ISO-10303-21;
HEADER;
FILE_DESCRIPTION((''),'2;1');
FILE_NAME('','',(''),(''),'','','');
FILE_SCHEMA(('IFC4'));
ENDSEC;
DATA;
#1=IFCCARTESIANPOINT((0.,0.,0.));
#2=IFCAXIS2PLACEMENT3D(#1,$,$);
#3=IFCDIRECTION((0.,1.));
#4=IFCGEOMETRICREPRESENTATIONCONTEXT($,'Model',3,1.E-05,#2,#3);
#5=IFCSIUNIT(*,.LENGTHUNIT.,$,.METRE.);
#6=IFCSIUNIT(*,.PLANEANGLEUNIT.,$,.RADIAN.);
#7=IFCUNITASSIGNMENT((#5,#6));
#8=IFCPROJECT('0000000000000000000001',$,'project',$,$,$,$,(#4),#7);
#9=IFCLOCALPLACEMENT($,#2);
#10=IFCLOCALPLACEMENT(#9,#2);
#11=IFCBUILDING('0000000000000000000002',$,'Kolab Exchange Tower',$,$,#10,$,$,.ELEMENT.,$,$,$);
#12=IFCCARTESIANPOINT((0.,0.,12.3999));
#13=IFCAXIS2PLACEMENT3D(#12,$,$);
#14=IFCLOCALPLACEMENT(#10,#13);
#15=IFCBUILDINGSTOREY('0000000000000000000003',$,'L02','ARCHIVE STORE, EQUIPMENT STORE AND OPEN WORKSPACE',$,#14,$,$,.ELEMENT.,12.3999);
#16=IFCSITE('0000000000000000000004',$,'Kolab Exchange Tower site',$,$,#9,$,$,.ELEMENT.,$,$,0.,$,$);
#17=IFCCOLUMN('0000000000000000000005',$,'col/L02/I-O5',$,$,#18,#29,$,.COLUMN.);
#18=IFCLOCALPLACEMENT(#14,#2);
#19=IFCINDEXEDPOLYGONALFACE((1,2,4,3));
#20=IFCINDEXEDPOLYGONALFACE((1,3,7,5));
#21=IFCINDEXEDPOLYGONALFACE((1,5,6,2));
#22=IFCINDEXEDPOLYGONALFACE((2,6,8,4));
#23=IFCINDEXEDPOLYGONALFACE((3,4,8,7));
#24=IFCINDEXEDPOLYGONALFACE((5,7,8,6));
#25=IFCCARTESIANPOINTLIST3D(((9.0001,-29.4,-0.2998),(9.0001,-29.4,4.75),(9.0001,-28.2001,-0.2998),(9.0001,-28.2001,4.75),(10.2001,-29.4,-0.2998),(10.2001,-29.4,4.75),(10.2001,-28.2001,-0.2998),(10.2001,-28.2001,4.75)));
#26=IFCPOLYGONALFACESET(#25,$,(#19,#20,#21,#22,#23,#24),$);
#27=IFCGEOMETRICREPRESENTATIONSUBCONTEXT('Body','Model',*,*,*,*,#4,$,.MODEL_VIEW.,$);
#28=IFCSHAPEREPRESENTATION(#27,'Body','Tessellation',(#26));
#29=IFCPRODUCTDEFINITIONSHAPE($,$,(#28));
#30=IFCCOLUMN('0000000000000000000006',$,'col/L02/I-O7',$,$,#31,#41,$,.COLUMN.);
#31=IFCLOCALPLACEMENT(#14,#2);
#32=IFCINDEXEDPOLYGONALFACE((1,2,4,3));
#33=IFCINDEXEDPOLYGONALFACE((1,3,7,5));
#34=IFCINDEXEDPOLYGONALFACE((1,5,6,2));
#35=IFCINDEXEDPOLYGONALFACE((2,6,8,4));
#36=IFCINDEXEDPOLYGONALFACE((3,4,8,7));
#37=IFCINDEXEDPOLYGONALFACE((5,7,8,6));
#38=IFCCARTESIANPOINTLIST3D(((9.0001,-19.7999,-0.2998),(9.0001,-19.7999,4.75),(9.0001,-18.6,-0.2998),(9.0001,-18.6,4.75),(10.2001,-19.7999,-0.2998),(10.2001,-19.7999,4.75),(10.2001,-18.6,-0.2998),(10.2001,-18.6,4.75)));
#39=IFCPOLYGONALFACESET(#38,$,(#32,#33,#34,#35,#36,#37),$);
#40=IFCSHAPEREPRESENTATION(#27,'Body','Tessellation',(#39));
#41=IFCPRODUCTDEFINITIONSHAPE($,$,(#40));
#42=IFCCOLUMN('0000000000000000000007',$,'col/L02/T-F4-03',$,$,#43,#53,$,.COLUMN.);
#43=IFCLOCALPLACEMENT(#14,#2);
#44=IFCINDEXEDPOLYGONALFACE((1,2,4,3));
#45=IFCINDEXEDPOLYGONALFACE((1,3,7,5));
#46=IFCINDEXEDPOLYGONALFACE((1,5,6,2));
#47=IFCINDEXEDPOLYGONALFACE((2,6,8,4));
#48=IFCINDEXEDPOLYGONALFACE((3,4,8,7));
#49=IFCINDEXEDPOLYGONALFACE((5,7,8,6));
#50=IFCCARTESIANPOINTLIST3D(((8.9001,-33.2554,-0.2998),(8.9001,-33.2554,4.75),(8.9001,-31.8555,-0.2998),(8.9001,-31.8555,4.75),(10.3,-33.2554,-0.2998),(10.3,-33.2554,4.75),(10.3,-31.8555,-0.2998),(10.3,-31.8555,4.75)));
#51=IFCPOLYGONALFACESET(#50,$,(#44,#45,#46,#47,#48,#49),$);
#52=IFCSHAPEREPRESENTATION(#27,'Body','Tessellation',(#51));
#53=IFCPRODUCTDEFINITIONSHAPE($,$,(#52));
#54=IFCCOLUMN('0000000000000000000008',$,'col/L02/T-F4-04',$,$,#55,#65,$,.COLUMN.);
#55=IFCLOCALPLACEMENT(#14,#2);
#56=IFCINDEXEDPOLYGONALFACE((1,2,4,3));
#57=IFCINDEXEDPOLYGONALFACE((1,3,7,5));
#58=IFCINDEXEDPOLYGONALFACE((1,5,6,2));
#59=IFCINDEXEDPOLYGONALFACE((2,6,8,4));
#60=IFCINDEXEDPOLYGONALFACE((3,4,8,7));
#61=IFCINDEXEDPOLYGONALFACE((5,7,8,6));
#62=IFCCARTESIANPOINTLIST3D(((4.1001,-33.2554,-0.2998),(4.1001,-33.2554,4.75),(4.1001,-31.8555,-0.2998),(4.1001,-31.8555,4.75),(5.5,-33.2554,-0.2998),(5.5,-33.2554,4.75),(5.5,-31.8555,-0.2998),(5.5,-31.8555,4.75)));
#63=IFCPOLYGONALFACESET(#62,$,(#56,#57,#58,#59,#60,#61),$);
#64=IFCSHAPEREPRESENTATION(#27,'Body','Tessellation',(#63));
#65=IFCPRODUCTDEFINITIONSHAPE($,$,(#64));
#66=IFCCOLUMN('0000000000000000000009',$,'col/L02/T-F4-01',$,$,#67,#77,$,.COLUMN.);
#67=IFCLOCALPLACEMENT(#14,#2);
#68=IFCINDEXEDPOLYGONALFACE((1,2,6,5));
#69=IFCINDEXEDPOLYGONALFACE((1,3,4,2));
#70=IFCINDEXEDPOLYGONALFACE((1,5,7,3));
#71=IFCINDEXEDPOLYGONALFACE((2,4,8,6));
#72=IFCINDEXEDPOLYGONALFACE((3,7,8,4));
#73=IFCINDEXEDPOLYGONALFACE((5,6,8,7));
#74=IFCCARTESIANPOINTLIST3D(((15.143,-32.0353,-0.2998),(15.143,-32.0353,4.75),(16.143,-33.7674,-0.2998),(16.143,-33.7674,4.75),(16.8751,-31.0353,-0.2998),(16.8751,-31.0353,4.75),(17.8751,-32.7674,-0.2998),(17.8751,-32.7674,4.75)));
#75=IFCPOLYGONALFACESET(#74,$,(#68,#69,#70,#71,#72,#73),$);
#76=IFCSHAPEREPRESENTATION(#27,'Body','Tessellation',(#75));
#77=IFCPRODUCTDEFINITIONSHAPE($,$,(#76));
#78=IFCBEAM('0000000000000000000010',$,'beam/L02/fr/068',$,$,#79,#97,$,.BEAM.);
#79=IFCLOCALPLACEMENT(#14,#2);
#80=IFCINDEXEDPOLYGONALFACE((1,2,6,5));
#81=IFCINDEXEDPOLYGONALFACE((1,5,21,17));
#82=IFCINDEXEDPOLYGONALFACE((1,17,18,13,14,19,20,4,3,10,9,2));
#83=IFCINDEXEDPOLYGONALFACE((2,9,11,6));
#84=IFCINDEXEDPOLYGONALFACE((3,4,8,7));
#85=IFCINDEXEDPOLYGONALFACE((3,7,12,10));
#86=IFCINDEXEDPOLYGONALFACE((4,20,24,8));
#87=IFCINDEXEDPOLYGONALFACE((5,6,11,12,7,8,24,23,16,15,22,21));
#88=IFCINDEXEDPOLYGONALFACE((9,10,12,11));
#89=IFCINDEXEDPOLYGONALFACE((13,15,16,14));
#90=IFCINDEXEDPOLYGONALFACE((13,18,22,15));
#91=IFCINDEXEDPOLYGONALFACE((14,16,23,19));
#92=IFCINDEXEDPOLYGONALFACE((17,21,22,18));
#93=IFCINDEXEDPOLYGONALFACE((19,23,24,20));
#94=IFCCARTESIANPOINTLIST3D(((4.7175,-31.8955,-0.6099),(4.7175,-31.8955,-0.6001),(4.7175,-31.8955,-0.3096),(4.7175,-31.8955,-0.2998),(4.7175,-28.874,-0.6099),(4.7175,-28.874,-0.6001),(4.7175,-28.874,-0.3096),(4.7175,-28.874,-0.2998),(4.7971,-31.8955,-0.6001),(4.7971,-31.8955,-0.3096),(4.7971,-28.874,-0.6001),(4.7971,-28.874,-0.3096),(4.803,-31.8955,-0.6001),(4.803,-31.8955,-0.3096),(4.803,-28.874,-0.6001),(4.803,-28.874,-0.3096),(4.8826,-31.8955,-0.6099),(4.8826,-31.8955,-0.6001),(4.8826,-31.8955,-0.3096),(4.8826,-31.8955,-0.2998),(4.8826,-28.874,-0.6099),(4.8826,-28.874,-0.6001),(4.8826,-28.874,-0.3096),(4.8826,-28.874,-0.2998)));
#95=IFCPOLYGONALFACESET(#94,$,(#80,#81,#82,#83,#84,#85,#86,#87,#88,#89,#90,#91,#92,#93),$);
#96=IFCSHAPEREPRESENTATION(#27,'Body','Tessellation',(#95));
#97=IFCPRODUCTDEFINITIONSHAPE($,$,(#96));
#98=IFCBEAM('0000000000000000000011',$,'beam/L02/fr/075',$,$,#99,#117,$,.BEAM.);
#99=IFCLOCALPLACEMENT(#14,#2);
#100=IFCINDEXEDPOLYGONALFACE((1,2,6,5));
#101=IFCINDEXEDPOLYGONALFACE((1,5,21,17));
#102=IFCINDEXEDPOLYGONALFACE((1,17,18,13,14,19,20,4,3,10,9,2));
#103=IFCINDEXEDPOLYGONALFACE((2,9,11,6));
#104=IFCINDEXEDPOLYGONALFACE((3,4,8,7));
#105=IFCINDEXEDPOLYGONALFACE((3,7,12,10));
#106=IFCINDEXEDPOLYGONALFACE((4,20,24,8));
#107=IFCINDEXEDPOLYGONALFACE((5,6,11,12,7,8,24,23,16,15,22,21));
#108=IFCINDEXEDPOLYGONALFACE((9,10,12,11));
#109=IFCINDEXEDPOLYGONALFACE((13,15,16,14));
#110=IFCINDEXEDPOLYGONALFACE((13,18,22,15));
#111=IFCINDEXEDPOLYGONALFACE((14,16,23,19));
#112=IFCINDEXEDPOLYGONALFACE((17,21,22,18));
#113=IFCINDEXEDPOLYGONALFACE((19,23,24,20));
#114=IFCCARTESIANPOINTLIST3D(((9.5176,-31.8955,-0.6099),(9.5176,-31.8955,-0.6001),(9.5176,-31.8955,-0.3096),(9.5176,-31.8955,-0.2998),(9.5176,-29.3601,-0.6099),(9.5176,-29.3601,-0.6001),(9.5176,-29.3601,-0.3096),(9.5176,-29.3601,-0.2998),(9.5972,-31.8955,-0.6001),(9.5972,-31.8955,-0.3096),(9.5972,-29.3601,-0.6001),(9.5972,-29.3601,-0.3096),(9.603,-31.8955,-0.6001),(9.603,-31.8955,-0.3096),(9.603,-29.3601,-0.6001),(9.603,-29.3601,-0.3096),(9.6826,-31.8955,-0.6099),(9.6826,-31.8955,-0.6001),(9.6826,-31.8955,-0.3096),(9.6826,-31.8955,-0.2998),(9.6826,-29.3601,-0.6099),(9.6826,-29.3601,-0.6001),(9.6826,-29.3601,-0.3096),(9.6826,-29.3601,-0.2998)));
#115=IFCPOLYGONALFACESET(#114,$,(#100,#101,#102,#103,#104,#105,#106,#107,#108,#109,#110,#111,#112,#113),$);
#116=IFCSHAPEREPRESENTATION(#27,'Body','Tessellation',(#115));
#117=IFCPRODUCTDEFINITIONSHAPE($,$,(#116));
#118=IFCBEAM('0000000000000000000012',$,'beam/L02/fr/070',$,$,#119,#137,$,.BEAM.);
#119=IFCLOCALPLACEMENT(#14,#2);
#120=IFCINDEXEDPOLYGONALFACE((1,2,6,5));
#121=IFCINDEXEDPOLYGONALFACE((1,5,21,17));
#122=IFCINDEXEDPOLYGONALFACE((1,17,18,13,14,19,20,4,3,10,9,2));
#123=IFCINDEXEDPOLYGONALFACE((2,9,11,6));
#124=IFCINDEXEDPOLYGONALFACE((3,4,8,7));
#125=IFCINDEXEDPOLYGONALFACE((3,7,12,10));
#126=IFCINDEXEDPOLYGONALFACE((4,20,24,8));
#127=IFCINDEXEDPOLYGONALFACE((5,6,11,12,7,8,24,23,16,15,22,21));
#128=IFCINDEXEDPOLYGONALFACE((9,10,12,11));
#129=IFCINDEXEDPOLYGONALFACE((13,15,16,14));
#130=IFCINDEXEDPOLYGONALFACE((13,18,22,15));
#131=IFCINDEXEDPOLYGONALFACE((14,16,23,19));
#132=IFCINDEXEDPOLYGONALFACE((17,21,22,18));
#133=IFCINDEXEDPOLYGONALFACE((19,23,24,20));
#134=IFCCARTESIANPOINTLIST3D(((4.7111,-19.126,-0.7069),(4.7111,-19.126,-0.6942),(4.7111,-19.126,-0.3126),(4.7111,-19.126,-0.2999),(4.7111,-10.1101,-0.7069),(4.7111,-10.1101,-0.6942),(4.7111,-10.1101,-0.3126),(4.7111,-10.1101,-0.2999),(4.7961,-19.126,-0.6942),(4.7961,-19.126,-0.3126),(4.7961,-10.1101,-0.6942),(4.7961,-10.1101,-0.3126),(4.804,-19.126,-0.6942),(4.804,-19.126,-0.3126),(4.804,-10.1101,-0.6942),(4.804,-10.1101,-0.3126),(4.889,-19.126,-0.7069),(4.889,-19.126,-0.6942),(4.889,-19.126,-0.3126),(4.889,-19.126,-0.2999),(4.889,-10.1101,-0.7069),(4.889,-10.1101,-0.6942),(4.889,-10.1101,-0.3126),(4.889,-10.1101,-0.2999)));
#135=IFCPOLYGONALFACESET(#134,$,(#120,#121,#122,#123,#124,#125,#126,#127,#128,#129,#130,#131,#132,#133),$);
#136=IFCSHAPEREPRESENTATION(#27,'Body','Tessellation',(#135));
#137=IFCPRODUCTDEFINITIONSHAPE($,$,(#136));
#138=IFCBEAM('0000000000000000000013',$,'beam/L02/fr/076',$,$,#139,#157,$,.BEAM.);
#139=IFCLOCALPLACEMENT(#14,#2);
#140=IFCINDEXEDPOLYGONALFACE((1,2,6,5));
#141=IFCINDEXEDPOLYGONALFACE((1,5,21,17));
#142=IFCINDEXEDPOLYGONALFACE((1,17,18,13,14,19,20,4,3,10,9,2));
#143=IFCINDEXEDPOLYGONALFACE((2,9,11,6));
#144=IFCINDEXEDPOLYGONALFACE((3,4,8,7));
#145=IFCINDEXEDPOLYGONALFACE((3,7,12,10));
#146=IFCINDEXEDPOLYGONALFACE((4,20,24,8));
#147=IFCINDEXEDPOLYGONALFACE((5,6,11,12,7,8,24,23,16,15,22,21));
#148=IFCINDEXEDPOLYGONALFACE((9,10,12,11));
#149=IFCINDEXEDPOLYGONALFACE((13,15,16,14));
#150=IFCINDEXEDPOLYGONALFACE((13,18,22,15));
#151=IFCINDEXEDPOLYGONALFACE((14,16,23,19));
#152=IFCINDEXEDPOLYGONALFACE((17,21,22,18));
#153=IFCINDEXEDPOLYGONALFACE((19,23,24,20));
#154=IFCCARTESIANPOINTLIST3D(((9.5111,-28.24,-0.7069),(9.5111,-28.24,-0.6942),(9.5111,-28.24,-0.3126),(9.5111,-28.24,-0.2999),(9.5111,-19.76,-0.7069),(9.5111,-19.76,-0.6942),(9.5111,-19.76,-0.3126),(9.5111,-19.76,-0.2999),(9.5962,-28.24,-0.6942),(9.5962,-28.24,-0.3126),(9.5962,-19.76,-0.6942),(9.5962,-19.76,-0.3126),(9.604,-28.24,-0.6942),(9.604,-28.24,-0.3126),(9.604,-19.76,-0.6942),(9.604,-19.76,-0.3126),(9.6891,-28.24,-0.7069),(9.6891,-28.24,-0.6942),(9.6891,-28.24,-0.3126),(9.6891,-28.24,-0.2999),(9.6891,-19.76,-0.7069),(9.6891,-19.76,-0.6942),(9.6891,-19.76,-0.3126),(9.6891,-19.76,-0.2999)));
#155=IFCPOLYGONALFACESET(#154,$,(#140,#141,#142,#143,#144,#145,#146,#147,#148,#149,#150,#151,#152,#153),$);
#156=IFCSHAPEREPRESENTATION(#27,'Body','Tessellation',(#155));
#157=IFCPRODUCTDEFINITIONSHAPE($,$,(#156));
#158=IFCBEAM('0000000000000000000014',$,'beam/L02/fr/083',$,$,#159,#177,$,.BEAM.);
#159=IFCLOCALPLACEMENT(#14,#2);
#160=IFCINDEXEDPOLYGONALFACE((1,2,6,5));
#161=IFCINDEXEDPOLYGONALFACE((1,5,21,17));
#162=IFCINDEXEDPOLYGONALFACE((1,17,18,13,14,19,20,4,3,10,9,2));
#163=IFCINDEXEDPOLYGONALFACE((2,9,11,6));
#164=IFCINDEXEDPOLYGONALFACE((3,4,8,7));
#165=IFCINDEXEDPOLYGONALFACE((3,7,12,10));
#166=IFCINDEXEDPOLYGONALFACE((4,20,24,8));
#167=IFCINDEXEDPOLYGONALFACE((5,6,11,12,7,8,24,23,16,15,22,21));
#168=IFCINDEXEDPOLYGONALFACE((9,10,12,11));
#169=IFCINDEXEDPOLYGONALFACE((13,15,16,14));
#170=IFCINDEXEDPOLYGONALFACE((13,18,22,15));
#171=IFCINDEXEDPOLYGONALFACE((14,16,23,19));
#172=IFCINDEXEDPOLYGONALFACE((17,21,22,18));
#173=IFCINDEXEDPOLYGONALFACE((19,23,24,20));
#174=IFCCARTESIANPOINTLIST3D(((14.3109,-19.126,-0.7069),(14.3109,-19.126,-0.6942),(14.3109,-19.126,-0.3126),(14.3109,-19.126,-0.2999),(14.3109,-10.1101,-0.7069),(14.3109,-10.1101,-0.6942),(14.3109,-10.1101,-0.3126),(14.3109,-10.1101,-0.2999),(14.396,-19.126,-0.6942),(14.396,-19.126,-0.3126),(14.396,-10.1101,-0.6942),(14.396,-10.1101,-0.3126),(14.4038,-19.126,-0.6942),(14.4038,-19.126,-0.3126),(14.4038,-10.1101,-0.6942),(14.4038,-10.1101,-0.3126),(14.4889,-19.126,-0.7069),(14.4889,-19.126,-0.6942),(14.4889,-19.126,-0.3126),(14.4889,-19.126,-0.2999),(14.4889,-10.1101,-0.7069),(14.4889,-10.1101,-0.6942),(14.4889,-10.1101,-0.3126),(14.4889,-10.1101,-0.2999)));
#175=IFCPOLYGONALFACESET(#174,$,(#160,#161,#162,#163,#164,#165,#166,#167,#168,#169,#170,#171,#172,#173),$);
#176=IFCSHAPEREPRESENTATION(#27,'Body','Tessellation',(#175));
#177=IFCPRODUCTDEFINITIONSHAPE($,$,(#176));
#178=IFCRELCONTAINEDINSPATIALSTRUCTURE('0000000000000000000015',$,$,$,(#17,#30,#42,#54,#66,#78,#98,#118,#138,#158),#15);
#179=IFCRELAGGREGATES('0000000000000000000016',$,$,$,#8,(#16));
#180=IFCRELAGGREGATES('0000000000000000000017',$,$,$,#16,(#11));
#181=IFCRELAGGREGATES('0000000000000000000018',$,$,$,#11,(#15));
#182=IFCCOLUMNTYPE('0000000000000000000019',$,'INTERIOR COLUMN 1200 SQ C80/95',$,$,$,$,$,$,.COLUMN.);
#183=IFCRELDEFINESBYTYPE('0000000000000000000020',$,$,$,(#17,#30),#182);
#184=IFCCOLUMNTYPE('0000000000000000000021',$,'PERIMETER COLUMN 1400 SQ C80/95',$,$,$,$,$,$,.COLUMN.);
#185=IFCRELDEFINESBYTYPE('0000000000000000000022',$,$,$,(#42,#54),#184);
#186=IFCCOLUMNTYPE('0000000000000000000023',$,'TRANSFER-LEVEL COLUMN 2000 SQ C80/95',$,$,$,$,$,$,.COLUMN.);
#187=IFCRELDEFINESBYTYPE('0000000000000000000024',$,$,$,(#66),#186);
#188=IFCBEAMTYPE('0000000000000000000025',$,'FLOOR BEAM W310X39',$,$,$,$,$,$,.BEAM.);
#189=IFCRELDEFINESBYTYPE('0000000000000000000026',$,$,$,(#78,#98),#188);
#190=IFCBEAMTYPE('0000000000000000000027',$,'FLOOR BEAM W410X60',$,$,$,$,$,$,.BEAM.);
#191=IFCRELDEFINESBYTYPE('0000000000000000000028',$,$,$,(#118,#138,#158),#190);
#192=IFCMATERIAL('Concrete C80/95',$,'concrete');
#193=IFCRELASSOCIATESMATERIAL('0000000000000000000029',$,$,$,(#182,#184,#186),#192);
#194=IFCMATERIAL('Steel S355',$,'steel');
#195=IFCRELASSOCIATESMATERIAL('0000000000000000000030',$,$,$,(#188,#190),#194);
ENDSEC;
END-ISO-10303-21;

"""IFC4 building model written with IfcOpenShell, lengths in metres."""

from ifc_helpers import new_model, si_unit, direction, frame, origin, origin_2d, place, context, subcontext, project, spatial, rectangle, i_section, extrude, material, material_profile, profile_set, type_object, element, save


model = new_model("IFC4")

# Units and contexts
model_context = context("Model", 3, precision=1e-05, world=origin(), true_north=direction((0.0, 1.0)))
body_context = subcontext(model_context, "Body", "Model", "MODEL_VIEW")
ifc_project = project(units=[si_unit("LENGTHUNIT", "METRE"), si_unit("PLANEANGLEUNIT", "RADIAN")], contexts=[model_context])

# Site, building, storey
site_placement = place(None, origin())
site = spatial("IfcSite", under=ifc_project, at=site_placement, Name="Kolab Exchange Tower site", CompositionType="ELEMENT", RefElevation=0.0)
building_placement = place(site_placement, origin())
building = spatial("IfcBuilding", under=site, at=building_placement, Name="Kolab Exchange Tower", CompositionType="ELEMENT")
storey_placement = place(building_placement, frame((0.0, 0.0, 12.3999)))
storey = spatial("IfcBuildingStorey", under=building, at=storey_placement, Name="L02", Description="ARCHIVE STORE, EQUIPMENT STORE AND OPEN WORKSPACE", CompositionType="ELEMENT", Elevation=12.3999)

# Columns
ifc_material_1 = material(Name="Concrete C80/95", Category="concrete")
ifc_material_profile_1 = material_profile(ifc_material_1, rectangle(XDim=1.2, YDim=1.2, at=origin_2d()), Name="RC1200")
ifc_profile_set_1 = profile_set([ifc_material_profile_1], Name="Concrete C80/95")
column_type_1 = type_object("IfcColumnType", Name="INTERIOR COLUMN 1200 SQ C80/95", PredefinedType="COLUMN", material=ifc_profile_set_1)
for number, where, z_axis, x_axis, name in (
    (1, (9.6001, -28.8, -0.2998), (0.0, 0.0, 1.0), (1.0, 0.0, 0.0), "col/L02/I-O5"),
    (2, (9.6001, -19.2, -0.2998), (0.0, 0.0, 1.0), (1.0, 0.0, 0.0), "col/L02/I-O7"),
):
    element("IfcColumn", number, at=place(storey_placement, frame(where, z_axis=z_axis, x_axis=x_axis)), inside=storey, type_object=column_type_1, Name=name, PredefinedType="COLUMN", context=body_context, shape_type="SweptSolid", body=[
        extrude(rectangle(XDim=1.2, YDim=1.2, at=origin_2d()), origin(), (0.0, 0.0, 1.0), 5.0498),
    ])
ifc_material_profile_2 = material_profile(ifc_material_1, rectangle(XDim=1.3999, YDim=1.3999, at=origin_2d()), Name="RC1400")
ifc_profile_set_2 = profile_set([ifc_material_profile_2], Name="Concrete C80/95")
column_type_2 = type_object("IfcColumnType", Name="PERIMETER COLUMN 1400 SQ C80/95", PredefinedType="COLUMN", material=ifc_profile_set_2)
for number, where, z_axis, x_axis, name in (
    (3, (9.6001, -32.5554, -0.2998), (0.0, 0.0, 1.0), (1.0, 0.0, 0.0), "col/L02/T-F4-03"),
    (4, (4.8, -32.5554, -0.2998), (0.0, 0.0, 1.0), (1.0, 0.0, 0.0), "col/L02/T-F4-04"),
):
    element("IfcColumn", number, at=place(storey_placement, frame(where, z_axis=z_axis, x_axis=x_axis)), inside=storey, type_object=column_type_2, Name=name, PredefinedType="COLUMN", context=body_context, shape_type="SweptSolid", body=[
        extrude(rectangle(XDim=1.3999, YDim=1.3999, at=origin_2d()), origin(), (0.0, 0.0, 1.0), 5.0498),
    ])
ifc_material_profile_3 = material_profile(ifc_material_1, rectangle(XDim=2.0, YDim=2.0, at=origin_2d()), Name="RC2000")
ifc_profile_set_3 = profile_set([ifc_material_profile_3], Name="Concrete C80/95")
column_type_3 = type_object("IfcColumnType", Name="TRANSFER-LEVEL COLUMN 2000 SQ C80/95", PredefinedType="COLUMN", material=ifc_profile_set_3)
column_placement = place(storey_placement, frame((16.509, -32.4014, -0.2998), z_axis=(0.0, 0.0, 1.0), x_axis=(0.866025, 0.5, 0.0)))
element("IfcColumn", 5, at=column_placement, inside=storey, type_object=column_type_3, Name="col/L02/T-F4-01", PredefinedType="COLUMN", context=body_context, shape_type="SweptSolid", body=[
    extrude(rectangle(XDim=2.0, YDim=2.0, at=origin_2d()), origin(), (0.0, 0.0, 1.0), 5.0498),
])

# Beams
ifc_material_2 = material(Name="Steel S355", Category="steel")
ifc_material_profile_4 = material_profile(ifc_material_2, i_section(OverallWidth=0.165, OverallDepth=0.3101, WebThickness=0.0059, FlangeThickness=0.0098, at=origin_2d()), Name="W310X39")
ifc_profile_set_4 = profile_set([ifc_material_profile_4], Name="Steel S355")
beam_type_1 = type_object("IfcBeamType", Name="FLOOR BEAM W310X39", PredefinedType="BEAM", material=ifc_profile_set_4)
beam_1_placement = place(storey_placement, frame((4.8, -31.8955, -0.4548), z_axis=(0.0, 1.0, 0.0), x_axis=(-1.0, 0.0, 0.0)))
element("IfcBeam", 6, at=beam_1_placement, inside=storey, type_object=beam_type_1, Name="beam/L02/fr/068", PredefinedType="BEAM", context=body_context, shape_type="SweptSolid", body=[
    extrude(i_section(OverallWidth=0.165, OverallDepth=0.3101, WebThickness=0.0059, FlangeThickness=0.0098, at=origin_2d()), origin(), (0.0, 0.0, 1.0), 3.0215),
])
beam_2_placement = place(storey_placement, frame((9.6001, -31.8955, -0.4548), z_axis=(0.0, 1.0, 0.0), x_axis=(-1.0, 0.0, 0.0)))
element("IfcBeam", 7, at=beam_2_placement, inside=storey, type_object=beam_type_1, Name="beam/L02/fr/075", PredefinedType="BEAM", context=body_context, shape_type="SweptSolid", body=[
    extrude(i_section(OverallWidth=0.165, OverallDepth=0.3101, WebThickness=0.0059, FlangeThickness=0.0098, at=origin_2d()), origin(), (0.0, 0.0, 1.0), 2.5354),
])
ifc_material_profile_5 = material_profile(ifc_material_2, i_section(OverallWidth=0.178, OverallDepth=0.407, WebThickness=0.0078, FlangeThickness=0.0127, at=origin_2d()), Name="W410X60")
ifc_profile_set_5 = profile_set([ifc_material_profile_5], Name="Steel S355")
beam_type_2 = type_object("IfcBeamType", Name="FLOOR BEAM W410X60", PredefinedType="BEAM", material=ifc_profile_set_5)
beam_3_placement = place(storey_placement, frame((4.8, -19.126, -0.5034), z_axis=(0.0, 1.0, 0.0), x_axis=(-1.0, 0.0, 0.0)))
element("IfcBeam", 8, at=beam_3_placement, inside=storey, type_object=beam_type_2, Name="beam/L02/fr/070", PredefinedType="BEAM", context=body_context, shape_type="SweptSolid", body=[
    extrude(i_section(OverallWidth=0.178, OverallDepth=0.407, WebThickness=0.0078, FlangeThickness=0.0127, at=origin_2d()), origin(), (0.0, 0.0, 1.0), 9.0159),
])
beam_4_placement = place(storey_placement, frame((9.6001, -28.24, -0.5034), z_axis=(0.0, 1.0, 0.0), x_axis=(-1.0, 0.0, 0.0)))
element("IfcBeam", 9, at=beam_4_placement, inside=storey, type_object=beam_type_2, Name="beam/L02/fr/076", PredefinedType="BEAM", context=body_context, shape_type="SweptSolid", body=[
    extrude(i_section(OverallWidth=0.178, OverallDepth=0.407, WebThickness=0.0078, FlangeThickness=0.0127, at=origin_2d()), origin(), (0.0, 0.0, 1.0), 8.48),
])
beam_5_placement = place(storey_placement, frame((14.3999, -19.126, -0.5034), z_axis=(0.0, 1.0, 0.0), x_axis=(-1.0, 0.0, 0.0)))
element("IfcBeam", 10, at=beam_5_placement, inside=storey, type_object=beam_type_2, Name="beam/L02/fr/083", PredefinedType="BEAM", context=body_context, shape_type="SweptSolid", body=[
    extrude(i_section(OverallWidth=0.178, OverallDepth=0.407, WebThickness=0.0078, FlangeThickness=0.0127, at=origin_2d()), origin(), (0.0, 0.0, 1.0), 9.0159),
])

save(model, "model.ifc")
